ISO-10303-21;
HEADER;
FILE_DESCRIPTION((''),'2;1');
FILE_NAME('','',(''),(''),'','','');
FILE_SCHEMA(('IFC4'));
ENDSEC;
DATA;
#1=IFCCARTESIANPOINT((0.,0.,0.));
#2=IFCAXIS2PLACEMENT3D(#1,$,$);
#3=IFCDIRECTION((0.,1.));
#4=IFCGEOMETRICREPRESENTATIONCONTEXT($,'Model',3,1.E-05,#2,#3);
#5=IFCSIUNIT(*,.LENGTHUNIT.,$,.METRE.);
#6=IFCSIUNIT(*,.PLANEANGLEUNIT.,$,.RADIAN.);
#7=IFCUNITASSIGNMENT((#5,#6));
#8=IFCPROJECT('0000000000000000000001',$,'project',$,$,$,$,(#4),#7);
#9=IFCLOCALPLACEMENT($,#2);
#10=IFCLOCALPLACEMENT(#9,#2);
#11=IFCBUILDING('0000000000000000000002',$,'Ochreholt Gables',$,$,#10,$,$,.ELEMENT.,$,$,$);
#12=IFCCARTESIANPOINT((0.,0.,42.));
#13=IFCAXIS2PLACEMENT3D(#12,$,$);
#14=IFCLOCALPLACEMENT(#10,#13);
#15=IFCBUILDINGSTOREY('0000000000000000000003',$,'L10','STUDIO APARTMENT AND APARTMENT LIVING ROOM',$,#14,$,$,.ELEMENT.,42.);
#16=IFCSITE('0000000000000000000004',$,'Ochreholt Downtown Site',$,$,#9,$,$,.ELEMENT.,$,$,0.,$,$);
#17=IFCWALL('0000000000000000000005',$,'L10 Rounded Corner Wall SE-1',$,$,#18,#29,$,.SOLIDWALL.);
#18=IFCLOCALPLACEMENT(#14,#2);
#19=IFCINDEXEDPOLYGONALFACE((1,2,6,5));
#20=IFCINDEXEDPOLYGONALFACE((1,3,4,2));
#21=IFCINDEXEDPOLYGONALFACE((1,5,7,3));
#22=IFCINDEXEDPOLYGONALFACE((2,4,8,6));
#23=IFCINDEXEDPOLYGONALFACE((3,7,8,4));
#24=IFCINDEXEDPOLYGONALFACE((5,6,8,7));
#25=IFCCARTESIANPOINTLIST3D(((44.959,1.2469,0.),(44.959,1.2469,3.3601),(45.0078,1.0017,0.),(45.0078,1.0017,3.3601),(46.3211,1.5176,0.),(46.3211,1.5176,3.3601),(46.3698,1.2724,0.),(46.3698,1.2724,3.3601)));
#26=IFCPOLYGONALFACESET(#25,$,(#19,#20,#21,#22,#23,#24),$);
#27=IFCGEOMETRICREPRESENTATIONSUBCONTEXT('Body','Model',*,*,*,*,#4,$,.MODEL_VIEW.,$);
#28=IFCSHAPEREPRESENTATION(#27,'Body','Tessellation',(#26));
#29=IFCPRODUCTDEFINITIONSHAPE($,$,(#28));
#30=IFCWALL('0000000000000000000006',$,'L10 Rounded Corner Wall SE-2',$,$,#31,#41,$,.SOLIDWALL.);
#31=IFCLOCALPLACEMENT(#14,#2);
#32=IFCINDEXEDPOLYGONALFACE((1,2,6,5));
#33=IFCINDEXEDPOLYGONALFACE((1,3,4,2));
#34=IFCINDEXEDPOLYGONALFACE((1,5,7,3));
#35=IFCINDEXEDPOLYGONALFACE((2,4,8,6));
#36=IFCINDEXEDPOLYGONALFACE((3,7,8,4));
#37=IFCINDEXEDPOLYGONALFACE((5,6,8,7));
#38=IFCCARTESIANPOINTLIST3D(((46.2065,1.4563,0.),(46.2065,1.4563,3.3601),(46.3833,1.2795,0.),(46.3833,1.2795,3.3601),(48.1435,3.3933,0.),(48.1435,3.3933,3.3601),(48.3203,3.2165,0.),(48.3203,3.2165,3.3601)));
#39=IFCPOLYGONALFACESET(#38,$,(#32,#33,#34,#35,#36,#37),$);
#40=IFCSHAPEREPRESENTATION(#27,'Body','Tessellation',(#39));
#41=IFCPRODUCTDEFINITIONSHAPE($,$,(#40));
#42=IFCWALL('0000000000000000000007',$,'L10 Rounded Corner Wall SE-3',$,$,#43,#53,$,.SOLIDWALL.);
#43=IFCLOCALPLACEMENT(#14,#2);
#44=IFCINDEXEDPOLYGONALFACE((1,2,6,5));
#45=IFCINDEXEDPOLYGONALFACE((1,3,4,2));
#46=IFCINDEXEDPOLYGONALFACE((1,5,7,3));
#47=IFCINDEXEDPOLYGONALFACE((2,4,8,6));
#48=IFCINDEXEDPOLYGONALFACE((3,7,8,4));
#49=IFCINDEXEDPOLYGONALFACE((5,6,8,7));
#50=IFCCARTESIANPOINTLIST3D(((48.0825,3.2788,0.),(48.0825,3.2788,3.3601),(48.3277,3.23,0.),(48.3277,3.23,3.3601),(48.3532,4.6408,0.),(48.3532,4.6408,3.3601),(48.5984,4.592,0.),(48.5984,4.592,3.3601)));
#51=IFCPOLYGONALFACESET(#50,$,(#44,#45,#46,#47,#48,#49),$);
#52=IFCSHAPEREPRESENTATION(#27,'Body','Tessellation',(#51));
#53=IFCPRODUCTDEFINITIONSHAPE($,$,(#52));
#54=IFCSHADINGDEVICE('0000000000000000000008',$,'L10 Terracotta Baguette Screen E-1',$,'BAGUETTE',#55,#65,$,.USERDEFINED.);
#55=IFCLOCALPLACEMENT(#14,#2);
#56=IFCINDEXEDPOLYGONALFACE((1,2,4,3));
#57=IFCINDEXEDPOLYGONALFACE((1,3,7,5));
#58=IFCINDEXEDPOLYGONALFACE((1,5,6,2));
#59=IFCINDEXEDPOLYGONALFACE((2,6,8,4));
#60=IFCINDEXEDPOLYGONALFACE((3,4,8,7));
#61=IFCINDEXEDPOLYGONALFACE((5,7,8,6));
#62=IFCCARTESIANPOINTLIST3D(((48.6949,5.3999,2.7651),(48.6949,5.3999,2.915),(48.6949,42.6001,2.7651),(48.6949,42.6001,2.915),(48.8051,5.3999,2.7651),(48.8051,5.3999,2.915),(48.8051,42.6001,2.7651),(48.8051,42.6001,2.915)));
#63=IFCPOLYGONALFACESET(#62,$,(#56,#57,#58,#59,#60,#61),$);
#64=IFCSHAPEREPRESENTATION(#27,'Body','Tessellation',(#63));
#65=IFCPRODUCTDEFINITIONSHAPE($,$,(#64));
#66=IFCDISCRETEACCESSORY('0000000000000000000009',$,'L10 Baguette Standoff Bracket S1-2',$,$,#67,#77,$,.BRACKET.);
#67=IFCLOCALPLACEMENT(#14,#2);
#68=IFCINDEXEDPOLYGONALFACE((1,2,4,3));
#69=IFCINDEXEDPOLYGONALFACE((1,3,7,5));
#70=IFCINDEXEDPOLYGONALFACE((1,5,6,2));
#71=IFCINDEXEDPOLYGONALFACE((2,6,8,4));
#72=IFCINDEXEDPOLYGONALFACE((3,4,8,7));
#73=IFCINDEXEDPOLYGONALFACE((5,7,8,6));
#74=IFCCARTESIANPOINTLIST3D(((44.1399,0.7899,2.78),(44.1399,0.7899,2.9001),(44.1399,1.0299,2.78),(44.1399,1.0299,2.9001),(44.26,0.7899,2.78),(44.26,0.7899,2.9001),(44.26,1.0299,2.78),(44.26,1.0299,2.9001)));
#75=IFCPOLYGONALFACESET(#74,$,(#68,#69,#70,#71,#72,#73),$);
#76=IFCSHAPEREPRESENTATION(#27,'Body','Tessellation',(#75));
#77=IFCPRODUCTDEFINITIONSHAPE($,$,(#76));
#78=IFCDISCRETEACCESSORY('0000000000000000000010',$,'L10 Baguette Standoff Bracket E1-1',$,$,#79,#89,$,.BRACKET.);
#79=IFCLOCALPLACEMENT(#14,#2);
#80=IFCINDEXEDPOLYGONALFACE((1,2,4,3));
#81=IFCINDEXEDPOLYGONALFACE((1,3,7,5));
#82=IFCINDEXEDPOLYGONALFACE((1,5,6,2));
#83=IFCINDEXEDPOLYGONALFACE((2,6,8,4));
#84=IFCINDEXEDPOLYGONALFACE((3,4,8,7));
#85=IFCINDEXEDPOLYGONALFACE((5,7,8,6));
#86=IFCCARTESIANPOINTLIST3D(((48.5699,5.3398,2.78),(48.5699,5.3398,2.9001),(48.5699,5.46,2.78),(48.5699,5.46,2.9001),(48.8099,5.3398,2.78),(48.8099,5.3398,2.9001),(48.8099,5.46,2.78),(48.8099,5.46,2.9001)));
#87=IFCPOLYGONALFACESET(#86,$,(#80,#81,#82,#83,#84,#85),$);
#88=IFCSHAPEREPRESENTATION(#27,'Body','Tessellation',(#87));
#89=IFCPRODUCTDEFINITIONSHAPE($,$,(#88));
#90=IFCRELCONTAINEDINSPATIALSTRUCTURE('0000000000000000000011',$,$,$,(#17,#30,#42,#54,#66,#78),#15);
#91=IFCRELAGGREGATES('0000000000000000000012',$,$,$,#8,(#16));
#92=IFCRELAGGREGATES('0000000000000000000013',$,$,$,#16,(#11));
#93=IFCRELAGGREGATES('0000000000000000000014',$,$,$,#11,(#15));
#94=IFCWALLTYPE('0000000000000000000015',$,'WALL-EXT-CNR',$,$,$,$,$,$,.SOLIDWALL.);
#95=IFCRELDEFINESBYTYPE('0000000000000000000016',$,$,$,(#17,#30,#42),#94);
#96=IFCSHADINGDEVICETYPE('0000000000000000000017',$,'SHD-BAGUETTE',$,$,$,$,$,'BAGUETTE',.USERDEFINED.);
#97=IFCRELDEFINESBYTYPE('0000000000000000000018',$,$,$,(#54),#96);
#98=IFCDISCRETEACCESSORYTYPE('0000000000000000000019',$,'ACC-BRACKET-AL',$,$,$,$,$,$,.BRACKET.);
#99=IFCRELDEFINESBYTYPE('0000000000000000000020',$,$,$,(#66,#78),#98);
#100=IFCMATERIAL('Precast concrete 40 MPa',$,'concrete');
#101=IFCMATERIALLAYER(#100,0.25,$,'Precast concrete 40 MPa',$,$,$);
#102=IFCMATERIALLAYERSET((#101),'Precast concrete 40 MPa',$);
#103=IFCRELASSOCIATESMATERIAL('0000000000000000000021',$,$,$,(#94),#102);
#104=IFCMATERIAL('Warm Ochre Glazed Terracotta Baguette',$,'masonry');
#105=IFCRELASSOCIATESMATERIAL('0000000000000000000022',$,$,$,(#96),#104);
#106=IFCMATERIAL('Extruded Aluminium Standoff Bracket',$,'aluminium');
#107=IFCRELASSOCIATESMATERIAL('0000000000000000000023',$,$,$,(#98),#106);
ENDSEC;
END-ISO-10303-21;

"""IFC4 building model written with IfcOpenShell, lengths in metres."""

from ifc_helpers import new_model, si_unit, direction, frame, frame_2d, origin, origin_2d, place, context, subcontext, project, spatial, rectangle, extrude, material, layer, layer_set, material_profile, profile_set, type_object, element, save


model = new_model("IFC4")

# Units and contexts
model_context = context("Model", 3, precision=1e-05, world=origin(), true_north=direction((0.0, 1.0)))
body_context = subcontext(model_context, "Body", "Model", "MODEL_VIEW")
ifc_project = project(units=[si_unit("LENGTHUNIT", "METRE"), si_unit("PLANEANGLEUNIT", "RADIAN")], contexts=[model_context])

# Site, building, storey
site_placement = place(None, origin())
site = spatial("IfcSite", under=ifc_project, at=site_placement, Name="Ochreholt Downtown Site", CompositionType="ELEMENT", RefElevation=0.0)
building_placement = place(site_placement, origin())
building = spatial("IfcBuilding", under=site, at=building_placement, Name="Ochreholt Gables", CompositionType="ELEMENT")
storey_placement = place(building_placement, frame((0.0, 0.0, 42.0)))
storey = spatial("IfcBuildingStorey", under=building, at=storey_placement, Name="L10", Description="STUDIO APARTMENT AND APARTMENT LIVING ROOM", CompositionType="ELEMENT", Elevation=42.0)

# Shared definitions
ifc_material_1 = material(Name="Precast concrete 40 MPa", Category="concrete")

# Walls
ifc_layer_1 = layer(ifc_material_1, 0.25, Name="Precast concrete 40 MPa")
ifc_layer_set_1 = layer_set([ifc_layer_1], Name="Precast concrete 40 MPa")
wall_type_1 = type_object("IfcWallType", Name="WALL-EXT-CNR", PredefinedType="SOLIDWALL", material=ifc_layer_set_1)
wall_1_placement = place(storey_placement, frame((44.9834, 1.1243, 0.0), z_axis=(0.0, 0.0, 1.0), x_axis=(0.98081, 0.194967, 0.0)))
element("IfcWall", 1, at=wall_1_placement, inside=storey, type_object=wall_type_1, Name="L10 Rounded Corner Wall SE-1", PredefinedType="SOLIDWALL", context=body_context, shape_type="SweptSolid", body=[
    extrude(rectangle(XDim=1.3887, YDim=0.25, at=frame_2d((0.6943, 0.0))), origin(), (0.0, 0.0, 1.0), 3.3601),
])
wall_2_placement = place(storey_placement, frame((46.2949, 1.3679, 0.0), z_axis=(0.0, 0.0, 1.0), x_axis=(0.707107, 0.707107, 0.0)))
element("IfcWall", 2, at=wall_2_placement, inside=storey, type_object=wall_type_1, Name="L10 Rounded Corner Wall SE-2", PredefinedType="SOLIDWALL", context=body_context, shape_type="SweptSolid", body=[
    extrude(rectangle(XDim=2.7393, YDim=0.25, at=frame_2d((1.3696, 0.0))), origin(), (0.0, 0.0, 1.0), 3.3601),
])
wall_3_placement = place(storey_placement, frame((48.2051, 3.2544, 0.0), z_axis=(0.0, 0.0, 1.0), x_axis=(0.194967, 0.98081, 0.0)))
element("IfcWall", 3, at=wall_3_placement, inside=storey, type_object=wall_type_1, Name="L10 Rounded Corner Wall SE-3", PredefinedType="SOLIDWALL", context=body_context, shape_type="SweptSolid", body=[
    extrude(rectangle(XDim=1.3887, YDim=0.25, at=frame_2d((0.6943, 0.0))), origin(), (0.0, 0.0, 1.0), 3.3601),
])

# Shading device
ifc_material_2 = material(Name="Warm Ochre Glazed Terracotta Baguette", Category="masonry")
ifc_material_profile_1 = material_profile(ifc_material_2, rectangle(XDim=0.1101, YDim=0.1499, at=origin_2d()), Name="TCBAG110X150")
ifc_profile_set_1 = profile_set([ifc_material_profile_1], Name="Warm Ochre Glazed Terracotta Baguette")
shading_device_type = type_object("IfcShadingDeviceType", Name="SHD-BAGUETTE", ElementType="BAGUETTE", PredefinedType="USERDEFINED", material=ifc_profile_set_1)
shading_device_placement = place(storey_placement, frame((48.75, 5.3999, 2.8401), z_axis=(0.0, 1.0, 0.0), x_axis=(-1.0, 0.0, 0.0)))
element("IfcShadingDevice", 4, at=shading_device_placement, inside=storey, type_object=shading_device_type, Name="L10 Terracotta Baguette Screen E-1", ObjectType="BAGUETTE", PredefinedType="USERDEFINED", context=body_context, shape_type="SweptSolid", body=[
    extrude(rectangle(XDim=0.1101, YDim=0.1499, at=origin_2d()), origin(), (0.0, 0.0, 1.0), 37.2002),
])

# Discrete accessories
ifc_material_3 = material(Name="Extruded Aluminium Standoff Bracket", Category="aluminium")
discrete_accessory_type = type_object("IfcDiscreteAccessoryType", Name="ACC-BRACKET-AL", PredefinedType="BRACKET", material=ifc_material_3)
for number, where, z_axis, x_axis, name in (
    (5, (44.2, 0.9099, 2.78), (0.0, 0.0, 1.0), (1.0, 0.0, 0.0), "L10 Baguette Standoff Bracket S1-2"),
    (6, (48.6899, 5.3999, 2.78), (0.0, 0.0, 1.0), (0.0, 1.0, 0.0), "L10 Baguette Standoff Bracket E1-1"),
):
    element("IfcDiscreteAccessory", number, at=place(storey_placement, frame(where, z_axis=z_axis, x_axis=x_axis)), inside=storey, type_object=discrete_accessory_type, Name=name, PredefinedType="BRACKET", context=body_context, shape_type="SweptSolid", body=[
        extrude(rectangle(XDim=0.1201, YDim=0.24, at=origin_2d()), origin(), (0.0, 0.0, 1.0), 0.1201),
    ])

save(model, "model.ifc")
